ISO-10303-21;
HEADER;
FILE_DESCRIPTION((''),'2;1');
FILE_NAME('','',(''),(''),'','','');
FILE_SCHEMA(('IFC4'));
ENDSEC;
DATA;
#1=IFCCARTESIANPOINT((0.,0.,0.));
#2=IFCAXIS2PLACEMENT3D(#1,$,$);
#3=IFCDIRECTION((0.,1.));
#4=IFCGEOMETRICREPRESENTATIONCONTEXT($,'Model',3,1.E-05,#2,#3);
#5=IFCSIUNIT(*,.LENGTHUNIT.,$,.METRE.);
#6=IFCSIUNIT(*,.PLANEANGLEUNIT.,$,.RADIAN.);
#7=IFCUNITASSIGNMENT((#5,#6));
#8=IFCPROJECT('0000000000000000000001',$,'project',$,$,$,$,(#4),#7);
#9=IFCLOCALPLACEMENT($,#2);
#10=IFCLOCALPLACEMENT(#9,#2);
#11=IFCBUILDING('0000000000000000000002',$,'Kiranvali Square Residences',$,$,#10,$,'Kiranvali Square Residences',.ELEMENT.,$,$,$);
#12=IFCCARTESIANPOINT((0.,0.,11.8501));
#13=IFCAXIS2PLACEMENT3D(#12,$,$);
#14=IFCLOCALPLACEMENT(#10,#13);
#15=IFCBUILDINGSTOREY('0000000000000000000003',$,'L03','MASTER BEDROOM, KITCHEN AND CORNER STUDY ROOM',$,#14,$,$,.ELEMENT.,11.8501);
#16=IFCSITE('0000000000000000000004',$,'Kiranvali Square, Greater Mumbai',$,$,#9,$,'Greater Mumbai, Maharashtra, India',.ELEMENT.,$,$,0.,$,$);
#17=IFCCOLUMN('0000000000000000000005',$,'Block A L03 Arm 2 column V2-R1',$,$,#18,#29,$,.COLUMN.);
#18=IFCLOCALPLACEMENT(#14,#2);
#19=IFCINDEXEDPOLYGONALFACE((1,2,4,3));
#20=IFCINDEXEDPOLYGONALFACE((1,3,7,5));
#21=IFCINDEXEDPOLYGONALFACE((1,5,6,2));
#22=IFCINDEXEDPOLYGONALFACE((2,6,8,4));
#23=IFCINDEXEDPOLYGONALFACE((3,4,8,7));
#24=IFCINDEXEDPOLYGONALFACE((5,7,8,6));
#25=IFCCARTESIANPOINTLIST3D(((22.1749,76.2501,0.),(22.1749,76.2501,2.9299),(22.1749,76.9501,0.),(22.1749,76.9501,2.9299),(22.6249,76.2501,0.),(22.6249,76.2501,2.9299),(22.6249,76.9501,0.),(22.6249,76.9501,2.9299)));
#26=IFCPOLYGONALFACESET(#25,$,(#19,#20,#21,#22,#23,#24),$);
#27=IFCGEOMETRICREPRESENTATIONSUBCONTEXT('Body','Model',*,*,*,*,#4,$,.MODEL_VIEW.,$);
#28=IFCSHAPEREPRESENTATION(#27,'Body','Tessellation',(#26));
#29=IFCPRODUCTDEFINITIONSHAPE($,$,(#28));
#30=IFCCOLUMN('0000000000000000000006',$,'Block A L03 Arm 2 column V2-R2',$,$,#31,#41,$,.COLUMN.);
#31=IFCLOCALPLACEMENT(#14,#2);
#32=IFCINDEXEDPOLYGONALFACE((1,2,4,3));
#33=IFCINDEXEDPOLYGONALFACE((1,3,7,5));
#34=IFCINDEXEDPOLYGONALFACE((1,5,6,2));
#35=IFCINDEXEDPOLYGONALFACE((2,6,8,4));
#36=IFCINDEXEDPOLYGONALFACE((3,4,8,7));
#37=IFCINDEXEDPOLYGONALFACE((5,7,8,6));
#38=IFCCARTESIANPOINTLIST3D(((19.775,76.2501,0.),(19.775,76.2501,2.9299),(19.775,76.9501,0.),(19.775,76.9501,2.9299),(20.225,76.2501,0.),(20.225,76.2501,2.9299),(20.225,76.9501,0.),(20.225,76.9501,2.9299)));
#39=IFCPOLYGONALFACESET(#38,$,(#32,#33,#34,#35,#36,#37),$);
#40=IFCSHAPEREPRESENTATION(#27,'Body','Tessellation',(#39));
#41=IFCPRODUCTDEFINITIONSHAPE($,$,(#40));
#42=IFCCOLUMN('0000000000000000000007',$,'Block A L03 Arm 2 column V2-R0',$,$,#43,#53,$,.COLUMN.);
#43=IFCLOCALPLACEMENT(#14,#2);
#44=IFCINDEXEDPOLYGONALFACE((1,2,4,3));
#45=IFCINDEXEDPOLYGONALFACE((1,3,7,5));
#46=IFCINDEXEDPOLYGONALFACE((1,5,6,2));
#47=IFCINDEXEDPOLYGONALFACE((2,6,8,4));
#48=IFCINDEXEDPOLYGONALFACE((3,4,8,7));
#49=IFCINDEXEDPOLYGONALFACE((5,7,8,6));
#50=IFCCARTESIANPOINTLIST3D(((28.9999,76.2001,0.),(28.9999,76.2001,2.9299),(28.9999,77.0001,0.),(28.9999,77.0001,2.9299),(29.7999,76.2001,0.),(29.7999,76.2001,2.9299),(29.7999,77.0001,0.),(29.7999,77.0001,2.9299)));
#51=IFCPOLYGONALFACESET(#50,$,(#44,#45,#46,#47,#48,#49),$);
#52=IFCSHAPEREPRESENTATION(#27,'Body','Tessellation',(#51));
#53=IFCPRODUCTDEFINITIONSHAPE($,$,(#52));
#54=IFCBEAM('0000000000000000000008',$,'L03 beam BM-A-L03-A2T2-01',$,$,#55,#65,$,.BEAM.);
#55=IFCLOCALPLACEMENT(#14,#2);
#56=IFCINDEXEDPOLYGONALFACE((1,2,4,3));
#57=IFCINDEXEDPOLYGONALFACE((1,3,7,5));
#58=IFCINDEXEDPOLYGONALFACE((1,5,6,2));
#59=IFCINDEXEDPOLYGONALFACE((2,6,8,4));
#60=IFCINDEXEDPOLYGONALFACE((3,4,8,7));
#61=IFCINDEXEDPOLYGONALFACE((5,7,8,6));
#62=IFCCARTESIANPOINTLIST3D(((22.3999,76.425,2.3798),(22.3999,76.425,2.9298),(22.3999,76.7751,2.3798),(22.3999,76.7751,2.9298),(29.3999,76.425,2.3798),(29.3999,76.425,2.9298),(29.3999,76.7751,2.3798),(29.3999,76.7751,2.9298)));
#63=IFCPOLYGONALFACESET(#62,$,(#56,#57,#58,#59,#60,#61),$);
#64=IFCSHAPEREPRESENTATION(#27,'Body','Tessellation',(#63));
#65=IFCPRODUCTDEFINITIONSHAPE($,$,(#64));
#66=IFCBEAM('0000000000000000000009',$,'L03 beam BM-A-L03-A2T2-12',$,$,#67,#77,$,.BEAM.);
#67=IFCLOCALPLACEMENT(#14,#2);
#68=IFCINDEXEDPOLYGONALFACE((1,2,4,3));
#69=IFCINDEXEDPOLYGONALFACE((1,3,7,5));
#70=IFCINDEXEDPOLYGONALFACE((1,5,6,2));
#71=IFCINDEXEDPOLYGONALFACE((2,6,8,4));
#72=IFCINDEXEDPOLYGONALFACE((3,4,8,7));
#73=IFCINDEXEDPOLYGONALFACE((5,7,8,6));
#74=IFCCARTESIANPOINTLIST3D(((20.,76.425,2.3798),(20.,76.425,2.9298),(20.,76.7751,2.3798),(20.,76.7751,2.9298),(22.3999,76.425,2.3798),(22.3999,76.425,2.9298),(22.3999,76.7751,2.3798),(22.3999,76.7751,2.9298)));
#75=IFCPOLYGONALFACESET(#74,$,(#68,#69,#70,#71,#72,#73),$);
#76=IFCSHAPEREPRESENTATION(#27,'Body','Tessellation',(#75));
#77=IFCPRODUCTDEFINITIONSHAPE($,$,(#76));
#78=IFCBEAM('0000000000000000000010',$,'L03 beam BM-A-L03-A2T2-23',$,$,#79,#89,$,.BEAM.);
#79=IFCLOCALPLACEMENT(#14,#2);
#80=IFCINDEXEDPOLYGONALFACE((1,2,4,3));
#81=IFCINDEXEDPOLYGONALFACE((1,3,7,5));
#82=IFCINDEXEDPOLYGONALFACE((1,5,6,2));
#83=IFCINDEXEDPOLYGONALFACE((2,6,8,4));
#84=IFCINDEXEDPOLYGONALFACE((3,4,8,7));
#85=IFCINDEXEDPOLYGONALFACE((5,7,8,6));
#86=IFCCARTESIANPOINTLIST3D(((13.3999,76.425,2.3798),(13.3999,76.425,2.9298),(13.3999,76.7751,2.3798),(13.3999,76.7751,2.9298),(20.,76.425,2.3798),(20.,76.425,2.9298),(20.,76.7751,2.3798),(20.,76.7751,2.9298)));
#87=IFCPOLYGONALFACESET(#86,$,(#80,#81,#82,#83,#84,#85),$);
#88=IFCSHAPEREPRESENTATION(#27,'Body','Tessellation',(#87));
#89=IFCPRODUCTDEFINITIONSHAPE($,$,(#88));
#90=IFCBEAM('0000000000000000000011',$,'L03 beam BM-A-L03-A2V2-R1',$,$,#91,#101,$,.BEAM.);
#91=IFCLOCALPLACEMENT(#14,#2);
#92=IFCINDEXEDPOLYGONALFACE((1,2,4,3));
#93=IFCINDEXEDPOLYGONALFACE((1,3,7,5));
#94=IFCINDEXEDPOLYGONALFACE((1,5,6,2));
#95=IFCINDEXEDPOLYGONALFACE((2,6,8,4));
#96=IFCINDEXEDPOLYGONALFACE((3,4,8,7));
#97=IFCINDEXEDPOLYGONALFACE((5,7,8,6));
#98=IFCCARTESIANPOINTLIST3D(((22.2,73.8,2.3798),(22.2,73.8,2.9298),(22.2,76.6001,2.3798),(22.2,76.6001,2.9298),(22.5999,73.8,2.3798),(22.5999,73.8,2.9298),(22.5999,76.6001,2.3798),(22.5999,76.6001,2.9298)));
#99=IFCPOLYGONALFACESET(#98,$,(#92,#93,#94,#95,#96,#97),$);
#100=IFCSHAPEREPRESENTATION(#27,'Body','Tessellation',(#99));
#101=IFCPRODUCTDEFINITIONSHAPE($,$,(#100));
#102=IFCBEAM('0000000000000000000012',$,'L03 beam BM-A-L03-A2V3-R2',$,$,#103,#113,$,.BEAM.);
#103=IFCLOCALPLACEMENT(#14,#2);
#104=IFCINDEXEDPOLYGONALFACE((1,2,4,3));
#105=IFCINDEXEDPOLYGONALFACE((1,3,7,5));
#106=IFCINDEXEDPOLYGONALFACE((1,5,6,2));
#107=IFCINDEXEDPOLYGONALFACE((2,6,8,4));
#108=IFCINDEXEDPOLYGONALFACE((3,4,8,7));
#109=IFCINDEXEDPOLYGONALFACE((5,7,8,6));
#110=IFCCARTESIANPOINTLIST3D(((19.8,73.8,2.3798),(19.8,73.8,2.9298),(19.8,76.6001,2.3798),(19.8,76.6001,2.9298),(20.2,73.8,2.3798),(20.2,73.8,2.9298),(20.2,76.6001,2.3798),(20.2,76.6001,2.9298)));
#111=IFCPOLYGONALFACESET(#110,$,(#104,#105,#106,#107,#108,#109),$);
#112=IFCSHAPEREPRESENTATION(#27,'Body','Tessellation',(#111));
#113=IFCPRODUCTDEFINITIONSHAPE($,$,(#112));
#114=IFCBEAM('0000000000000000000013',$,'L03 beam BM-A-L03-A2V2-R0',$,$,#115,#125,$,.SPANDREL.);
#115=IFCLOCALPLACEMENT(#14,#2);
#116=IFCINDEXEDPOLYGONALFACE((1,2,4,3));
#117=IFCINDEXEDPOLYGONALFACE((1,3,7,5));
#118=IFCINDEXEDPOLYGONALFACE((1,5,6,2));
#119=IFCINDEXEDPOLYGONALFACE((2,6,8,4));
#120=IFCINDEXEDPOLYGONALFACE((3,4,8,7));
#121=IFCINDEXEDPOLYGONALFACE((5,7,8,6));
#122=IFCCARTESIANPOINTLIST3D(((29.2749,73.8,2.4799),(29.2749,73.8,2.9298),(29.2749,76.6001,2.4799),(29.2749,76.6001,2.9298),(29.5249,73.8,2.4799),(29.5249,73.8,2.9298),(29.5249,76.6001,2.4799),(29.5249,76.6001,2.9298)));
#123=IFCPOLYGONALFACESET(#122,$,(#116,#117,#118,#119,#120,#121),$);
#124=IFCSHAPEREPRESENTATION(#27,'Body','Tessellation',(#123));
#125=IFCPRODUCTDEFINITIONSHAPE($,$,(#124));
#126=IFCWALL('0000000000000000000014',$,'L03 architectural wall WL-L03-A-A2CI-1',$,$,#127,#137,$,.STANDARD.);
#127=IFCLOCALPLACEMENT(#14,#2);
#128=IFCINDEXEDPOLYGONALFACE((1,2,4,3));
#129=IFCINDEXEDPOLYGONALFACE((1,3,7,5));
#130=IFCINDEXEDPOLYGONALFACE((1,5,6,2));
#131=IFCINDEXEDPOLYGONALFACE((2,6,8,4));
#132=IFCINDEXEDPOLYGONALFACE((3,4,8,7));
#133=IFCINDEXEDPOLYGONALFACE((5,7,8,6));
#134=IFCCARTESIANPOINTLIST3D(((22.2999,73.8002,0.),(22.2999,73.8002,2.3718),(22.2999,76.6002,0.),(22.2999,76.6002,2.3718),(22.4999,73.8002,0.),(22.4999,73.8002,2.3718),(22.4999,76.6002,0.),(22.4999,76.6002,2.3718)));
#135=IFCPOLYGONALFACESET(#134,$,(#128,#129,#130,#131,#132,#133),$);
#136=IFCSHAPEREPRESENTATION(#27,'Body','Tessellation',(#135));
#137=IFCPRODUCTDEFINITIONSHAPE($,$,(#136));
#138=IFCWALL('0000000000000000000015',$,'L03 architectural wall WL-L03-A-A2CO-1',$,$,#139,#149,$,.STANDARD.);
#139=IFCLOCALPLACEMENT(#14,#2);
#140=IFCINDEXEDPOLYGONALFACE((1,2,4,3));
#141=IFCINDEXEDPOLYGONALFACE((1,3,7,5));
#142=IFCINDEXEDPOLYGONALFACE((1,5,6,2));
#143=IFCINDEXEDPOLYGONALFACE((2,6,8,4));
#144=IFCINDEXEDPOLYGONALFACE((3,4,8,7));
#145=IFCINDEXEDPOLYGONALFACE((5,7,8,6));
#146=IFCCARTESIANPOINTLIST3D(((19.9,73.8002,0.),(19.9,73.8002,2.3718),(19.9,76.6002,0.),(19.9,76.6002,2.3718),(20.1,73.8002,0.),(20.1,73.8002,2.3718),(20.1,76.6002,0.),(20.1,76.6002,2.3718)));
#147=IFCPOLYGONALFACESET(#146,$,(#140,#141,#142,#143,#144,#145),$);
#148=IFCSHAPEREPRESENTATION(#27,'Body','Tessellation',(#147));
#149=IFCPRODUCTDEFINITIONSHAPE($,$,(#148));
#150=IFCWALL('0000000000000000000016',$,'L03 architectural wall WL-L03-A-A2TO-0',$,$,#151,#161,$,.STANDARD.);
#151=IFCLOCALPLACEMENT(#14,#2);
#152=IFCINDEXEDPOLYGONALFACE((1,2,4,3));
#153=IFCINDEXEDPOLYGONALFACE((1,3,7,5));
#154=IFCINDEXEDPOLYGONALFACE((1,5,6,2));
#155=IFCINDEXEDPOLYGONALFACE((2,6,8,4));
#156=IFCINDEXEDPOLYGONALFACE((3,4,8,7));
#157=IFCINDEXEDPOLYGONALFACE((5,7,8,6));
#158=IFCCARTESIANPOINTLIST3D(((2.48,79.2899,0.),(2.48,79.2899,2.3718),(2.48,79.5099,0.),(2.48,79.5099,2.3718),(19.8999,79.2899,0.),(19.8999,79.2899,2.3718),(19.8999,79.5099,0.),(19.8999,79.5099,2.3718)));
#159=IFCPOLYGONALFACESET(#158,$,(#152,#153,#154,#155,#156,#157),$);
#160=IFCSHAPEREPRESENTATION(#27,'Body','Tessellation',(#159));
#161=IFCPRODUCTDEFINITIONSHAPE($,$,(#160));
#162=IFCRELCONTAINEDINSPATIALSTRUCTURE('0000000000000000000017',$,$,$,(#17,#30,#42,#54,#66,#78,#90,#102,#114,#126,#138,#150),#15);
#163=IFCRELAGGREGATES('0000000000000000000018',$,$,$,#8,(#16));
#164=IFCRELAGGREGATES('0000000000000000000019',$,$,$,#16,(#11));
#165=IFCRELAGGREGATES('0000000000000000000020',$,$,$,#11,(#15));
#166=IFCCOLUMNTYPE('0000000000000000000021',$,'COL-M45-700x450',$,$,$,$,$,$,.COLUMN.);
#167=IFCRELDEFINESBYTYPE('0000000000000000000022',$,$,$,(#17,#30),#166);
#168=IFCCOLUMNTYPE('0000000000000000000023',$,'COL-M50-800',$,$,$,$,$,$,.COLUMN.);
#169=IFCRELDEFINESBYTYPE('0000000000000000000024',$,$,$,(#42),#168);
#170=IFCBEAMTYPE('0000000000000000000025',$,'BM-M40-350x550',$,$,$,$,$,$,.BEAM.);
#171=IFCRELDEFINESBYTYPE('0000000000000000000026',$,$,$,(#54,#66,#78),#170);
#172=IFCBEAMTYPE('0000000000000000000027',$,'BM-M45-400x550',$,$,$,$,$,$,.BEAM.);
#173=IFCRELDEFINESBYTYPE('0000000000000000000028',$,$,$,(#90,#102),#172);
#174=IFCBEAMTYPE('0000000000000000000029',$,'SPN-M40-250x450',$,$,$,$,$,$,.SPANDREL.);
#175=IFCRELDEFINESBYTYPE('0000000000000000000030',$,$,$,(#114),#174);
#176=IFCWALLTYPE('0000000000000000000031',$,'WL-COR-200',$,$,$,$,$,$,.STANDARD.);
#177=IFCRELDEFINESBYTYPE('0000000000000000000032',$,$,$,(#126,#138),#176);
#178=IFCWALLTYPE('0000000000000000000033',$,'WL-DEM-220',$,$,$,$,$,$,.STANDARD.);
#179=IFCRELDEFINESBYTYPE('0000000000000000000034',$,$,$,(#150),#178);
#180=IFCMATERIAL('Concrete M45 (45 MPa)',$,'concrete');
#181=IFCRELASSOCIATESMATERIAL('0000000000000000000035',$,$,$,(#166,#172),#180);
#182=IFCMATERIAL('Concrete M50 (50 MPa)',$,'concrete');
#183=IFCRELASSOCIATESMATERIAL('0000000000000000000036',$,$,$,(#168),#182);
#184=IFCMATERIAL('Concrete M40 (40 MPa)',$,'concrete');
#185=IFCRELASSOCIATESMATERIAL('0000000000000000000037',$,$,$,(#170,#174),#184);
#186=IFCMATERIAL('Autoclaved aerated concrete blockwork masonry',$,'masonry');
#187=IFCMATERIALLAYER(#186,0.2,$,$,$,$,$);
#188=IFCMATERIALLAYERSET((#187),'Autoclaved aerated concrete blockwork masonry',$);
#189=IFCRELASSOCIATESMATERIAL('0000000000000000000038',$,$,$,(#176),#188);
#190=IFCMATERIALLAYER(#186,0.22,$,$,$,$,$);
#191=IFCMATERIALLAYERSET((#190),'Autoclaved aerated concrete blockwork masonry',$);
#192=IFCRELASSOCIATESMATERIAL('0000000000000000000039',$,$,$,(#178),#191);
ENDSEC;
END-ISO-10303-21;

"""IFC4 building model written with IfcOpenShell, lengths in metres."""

from ifc_helpers import new_model, si_unit, direction, frame, frame_2d, origin, origin_2d, place, context, subcontext, project, spatial, rectangle, extrude, material, layer, layer_set, material_profile, profile_set, type_object, element, save


model = new_model("IFC4")

# Units and contexts
model_context = context("Model", 3, precision=1e-05, world=origin(), true_north=direction((0.0, 1.0)))
body_context = subcontext(model_context, "Body", "Model", "MODEL_VIEW")
ifc_project = project(units=[si_unit("LENGTHUNIT", "METRE"), si_unit("PLANEANGLEUNIT", "RADIAN")], contexts=[model_context])

# Site, building, storey
site_placement = place(None, origin())
site = spatial("IfcSite", under=ifc_project, at=site_placement, Name="Kiranvali Square, Greater Mumbai", LongName="Greater Mumbai, Maharashtra, India", CompositionType="ELEMENT", RefElevation=0.0)
building_placement = place(site_placement, origin())
building = spatial("IfcBuilding", under=site, at=building_placement, Name="Kiranvali Square Residences", LongName="Kiranvali Square Residences", CompositionType="ELEMENT")
storey_placement = place(building_placement, frame((0.0, 0.0, 11.8501)))
storey = spatial("IfcBuildingStorey", under=building, at=storey_placement, Name="L03", Description="MASTER BEDROOM, KITCHEN AND CORNER STUDY ROOM", CompositionType="ELEMENT", Elevation=11.8501)

# Columns
ifc_material_1 = material(Name="Concrete M45 (45 MPa)", Category="concrete")
ifc_material_profile_1 = material_profile(ifc_material_1, rectangle(XDim=0.45, YDim=0.7, at=origin_2d()), Name="RC 700x450")
ifc_profile_set_1 = profile_set([ifc_material_profile_1], Name="Concrete M45 (45 MPa)")
column_type_1 = type_object("IfcColumnType", Name="COL-M45-700x450", PredefinedType="COLUMN", material=ifc_profile_set_1)
for number, where, z_axis, x_axis, name in (
    (1, (22.3999, 76.6001, 0.0), (0.0, 0.0, 1.0), (1.0, 0.0, 0.0), "Block A L03 Arm 2 column V2-R1"),
    (2, (20.0, 76.6001, 0.0), (0.0, 0.0, 1.0), (1.0, 0.0, 0.0), "Block A L03 Arm 2 column V2-R2"),
):
    element("IfcColumn", number, at=place(storey_placement, frame(where, z_axis=z_axis, x_axis=x_axis)), inside=storey, type_object=column_type_1, Name=name, PredefinedType="COLUMN", context=body_context, shape_type="SweptSolid", body=[
        extrude(rectangle(XDim=0.45, YDim=0.7, at=origin_2d()), origin(), (0.0, 0.0, 1.0), 2.9299),
    ])
ifc_material_2 = material(Name="Concrete M50 (50 MPa)", Category="concrete")
ifc_material_profile_2 = material_profile(ifc_material_2, rectangle(XDim=0.8, YDim=0.8, at=origin_2d()), Name="RC 800x800")
ifc_profile_set_2 = profile_set([ifc_material_profile_2], Name="Concrete M50 (50 MPa)")
column_type_2 = type_object("IfcColumnType", Name="COL-M50-800", PredefinedType="COLUMN", material=ifc_profile_set_2)
column_placement = place(storey_placement, frame((29.3999, 76.6001, 0.0), z_axis=(0.0, 0.0, 1.0), x_axis=(1.0, 0.0, 0.0)))
element("IfcColumn", 3, at=column_placement, inside=storey, type_object=column_type_2, Name="Block A L03 Arm 2 column V2-R0", PredefinedType="COLUMN", context=body_context, shape_type="SweptSolid", body=[
    extrude(rectangle(XDim=0.8, YDim=0.8, at=origin_2d()), origin(), (0.0, 0.0, 1.0), 2.9299),
])

# Beams
ifc_material_3 = material(Name="Concrete M40 (40 MPa)", Category="concrete")
ifc_material_profile_3 = material_profile(ifc_material_3, rectangle(XDim=0.3501, YDim=0.55, at=origin_2d()), Name="RC 350x550")
ifc_profile_set_3 = profile_set([ifc_material_profile_3], Name="Concrete M40 (40 MPa)")
beam_type_1 = type_object("IfcBeamType", Name="BM-M40-350x550", PredefinedType="BEAM", material=ifc_profile_set_3)
beam_1_placement = place(storey_placement, frame((29.3999, 76.6001, 2.6548), z_axis=(-1.0, 0.0, 0.0), x_axis=(0.0, -1.0, 0.0)))
element("IfcBeam", 4, at=beam_1_placement, inside=storey, type_object=beam_type_1, Name="L03 beam BM-A-L03-A2T2-01", PredefinedType="BEAM", context=body_context, shape_type="SweptSolid", body=[
    extrude(rectangle(XDim=0.3501, YDim=0.55, at=origin_2d()), origin(), (0.0, 0.0, 1.0), 7.0),
])
beam_2_placement = place(storey_placement, frame((22.3999, 76.6001, 2.6548), z_axis=(-1.0, 0.0, 0.0), x_axis=(0.0, -1.0, 0.0)))
element("IfcBeam", 5, at=beam_2_placement, inside=storey, type_object=beam_type_1, Name="L03 beam BM-A-L03-A2T2-12", PredefinedType="BEAM", context=body_context, shape_type="SweptSolid", body=[
    extrude(rectangle(XDim=0.3501, YDim=0.55, at=origin_2d()), origin(), (0.0, 0.0, 1.0), 2.3999),
])
beam_3_placement = place(storey_placement, frame((20.0, 76.6001, 2.6548), z_axis=(-1.0, 0.0, 0.0), x_axis=(0.0, -1.0, 0.0)))
element("IfcBeam", 6, at=beam_3_placement, inside=storey, type_object=beam_type_1, Name="L03 beam BM-A-L03-A2T2-23", PredefinedType="BEAM", context=body_context, shape_type="SweptSolid", body=[
    extrude(rectangle(XDim=0.3501, YDim=0.55, at=origin_2d()), origin(), (0.0, 0.0, 1.0), 6.6001),
])
ifc_material_profile_4 = material_profile(ifc_material_1, rectangle(XDim=0.3999, YDim=0.55, at=origin_2d()), Name="RC 400x550")
ifc_profile_set_4 = profile_set([ifc_material_profile_4], Name="Concrete M45 (45 MPa)")
beam_type_2 = type_object("IfcBeamType", Name="BM-M45-400x550", PredefinedType="BEAM", material=ifc_profile_set_4)
for number, where, z_axis, x_axis, name in (
    (7, (22.3999, 76.6001, 2.6548), (0.0, -1.0, 0.0), (1.0, 0.0, 0.0), "L03 beam BM-A-L03-A2V2-R1"),
    (8, (20.0, 76.6001, 2.6548), (0.0, -1.0, 0.0), (1.0, 0.0, 0.0), "L03 beam BM-A-L03-A2V3-R2"),
):
    element("IfcBeam", number, at=place(storey_placement, frame(where, z_axis=z_axis, x_axis=x_axis)), inside=storey, type_object=beam_type_2, Name=name, PredefinedType="BEAM", context=body_context, shape_type="SweptSolid", body=[
        extrude(rectangle(XDim=0.3999, YDim=0.55, at=origin_2d()), origin(), (0.0, 0.0, 1.0), 2.8),
    ])
ifc_material_profile_5 = material_profile(ifc_material_3, rectangle(XDim=0.25, YDim=0.45, at=origin_2d()), Name="RC 250x450")
ifc_profile_set_5 = profile_set([ifc_material_profile_5], Name="Concrete M40 (40 MPa)")
beam_type_3 = type_object("IfcBeamType", Name="SPN-M40-250x450", PredefinedType="SPANDREL", material=ifc_profile_set_5)
beam_4_placement = place(storey_placement, frame((29.3999, 76.6001, 2.7048), z_axis=(0.0, -1.0, 0.0), x_axis=(1.0, 0.0, 0.0)))
element("IfcBeam", 9, at=beam_4_placement, inside=storey, type_object=beam_type_3, Name="L03 beam BM-A-L03-A2V2-R0", PredefinedType="SPANDREL", context=body_context, shape_type="SweptSolid", body=[
    extrude(rectangle(XDim=0.25, YDim=0.45, at=origin_2d()), origin(), (0.0, 0.0, 1.0), 2.8),
])

# Walls
ifc_material_4 = material(Name="Autoclaved aerated concrete blockwork masonry", Category="masonry")
ifc_layer_1 = layer(ifc_material_4, 0.2)
ifc_layer_set_1 = layer_set([ifc_layer_1], Name="Autoclaved aerated concrete blockwork masonry")
wall_type_1 = type_object("IfcWallType", Name="WL-COR-200", PredefinedType="STANDARD", material=ifc_layer_set_1)
for number, where, z_axis, x_axis, name in (
    (10, (22.3999, 76.6001, 0.0), (0.0, 0.0, 1.0), (0.0, -1.0, 0.0), "L03 architectural wall WL-L03-A-A2CI-1"),
    (11, (20.0, 76.6001, 0.0), (0.0, 0.0, 1.0), (0.0, -1.0, 0.0), "L03 architectural wall WL-L03-A-A2CO-1"),
):
    element("IfcWall", number, at=place(storey_placement, frame(where, z_axis=z_axis, x_axis=x_axis)), inside=storey, type_object=wall_type_1, Name=name, PredefinedType="STANDARD", context=body_context, shape_type="SweptSolid", body=[
        extrude(rectangle(XDim=2.8, YDim=0.2, at=frame_2d((1.3999, 0.0))), origin(), (0.0, 0.0, 1.0), 2.3718),
    ])
ifc_layer_2 = layer(ifc_material_4, 0.22)
ifc_layer_set_2 = layer_set([ifc_layer_2], Name="Autoclaved aerated concrete blockwork masonry")
wall_type_2 = type_object("IfcWallType", Name="WL-DEM-220", PredefinedType="STANDARD", material=ifc_layer_set_2)
wall_1_placement = place(storey_placement, frame((19.8999, 79.3999, 0.0), z_axis=(0.0, 0.0, 1.0), x_axis=(-1.0, 0.0, 0.0)))
element("IfcWall", 12, at=wall_1_placement, inside=storey, type_object=wall_type_2, Name="L03 architectural wall WL-L03-A-A2TO-0", PredefinedType="STANDARD", context=body_context, shape_type="SweptSolid", body=[
    extrude(rectangle(XDim=17.4199, YDim=0.22, at=frame_2d((8.71, 0.0))), origin(), (0.0, 0.0, 1.0), 2.3718),
])

save(model, "model.ifc")
